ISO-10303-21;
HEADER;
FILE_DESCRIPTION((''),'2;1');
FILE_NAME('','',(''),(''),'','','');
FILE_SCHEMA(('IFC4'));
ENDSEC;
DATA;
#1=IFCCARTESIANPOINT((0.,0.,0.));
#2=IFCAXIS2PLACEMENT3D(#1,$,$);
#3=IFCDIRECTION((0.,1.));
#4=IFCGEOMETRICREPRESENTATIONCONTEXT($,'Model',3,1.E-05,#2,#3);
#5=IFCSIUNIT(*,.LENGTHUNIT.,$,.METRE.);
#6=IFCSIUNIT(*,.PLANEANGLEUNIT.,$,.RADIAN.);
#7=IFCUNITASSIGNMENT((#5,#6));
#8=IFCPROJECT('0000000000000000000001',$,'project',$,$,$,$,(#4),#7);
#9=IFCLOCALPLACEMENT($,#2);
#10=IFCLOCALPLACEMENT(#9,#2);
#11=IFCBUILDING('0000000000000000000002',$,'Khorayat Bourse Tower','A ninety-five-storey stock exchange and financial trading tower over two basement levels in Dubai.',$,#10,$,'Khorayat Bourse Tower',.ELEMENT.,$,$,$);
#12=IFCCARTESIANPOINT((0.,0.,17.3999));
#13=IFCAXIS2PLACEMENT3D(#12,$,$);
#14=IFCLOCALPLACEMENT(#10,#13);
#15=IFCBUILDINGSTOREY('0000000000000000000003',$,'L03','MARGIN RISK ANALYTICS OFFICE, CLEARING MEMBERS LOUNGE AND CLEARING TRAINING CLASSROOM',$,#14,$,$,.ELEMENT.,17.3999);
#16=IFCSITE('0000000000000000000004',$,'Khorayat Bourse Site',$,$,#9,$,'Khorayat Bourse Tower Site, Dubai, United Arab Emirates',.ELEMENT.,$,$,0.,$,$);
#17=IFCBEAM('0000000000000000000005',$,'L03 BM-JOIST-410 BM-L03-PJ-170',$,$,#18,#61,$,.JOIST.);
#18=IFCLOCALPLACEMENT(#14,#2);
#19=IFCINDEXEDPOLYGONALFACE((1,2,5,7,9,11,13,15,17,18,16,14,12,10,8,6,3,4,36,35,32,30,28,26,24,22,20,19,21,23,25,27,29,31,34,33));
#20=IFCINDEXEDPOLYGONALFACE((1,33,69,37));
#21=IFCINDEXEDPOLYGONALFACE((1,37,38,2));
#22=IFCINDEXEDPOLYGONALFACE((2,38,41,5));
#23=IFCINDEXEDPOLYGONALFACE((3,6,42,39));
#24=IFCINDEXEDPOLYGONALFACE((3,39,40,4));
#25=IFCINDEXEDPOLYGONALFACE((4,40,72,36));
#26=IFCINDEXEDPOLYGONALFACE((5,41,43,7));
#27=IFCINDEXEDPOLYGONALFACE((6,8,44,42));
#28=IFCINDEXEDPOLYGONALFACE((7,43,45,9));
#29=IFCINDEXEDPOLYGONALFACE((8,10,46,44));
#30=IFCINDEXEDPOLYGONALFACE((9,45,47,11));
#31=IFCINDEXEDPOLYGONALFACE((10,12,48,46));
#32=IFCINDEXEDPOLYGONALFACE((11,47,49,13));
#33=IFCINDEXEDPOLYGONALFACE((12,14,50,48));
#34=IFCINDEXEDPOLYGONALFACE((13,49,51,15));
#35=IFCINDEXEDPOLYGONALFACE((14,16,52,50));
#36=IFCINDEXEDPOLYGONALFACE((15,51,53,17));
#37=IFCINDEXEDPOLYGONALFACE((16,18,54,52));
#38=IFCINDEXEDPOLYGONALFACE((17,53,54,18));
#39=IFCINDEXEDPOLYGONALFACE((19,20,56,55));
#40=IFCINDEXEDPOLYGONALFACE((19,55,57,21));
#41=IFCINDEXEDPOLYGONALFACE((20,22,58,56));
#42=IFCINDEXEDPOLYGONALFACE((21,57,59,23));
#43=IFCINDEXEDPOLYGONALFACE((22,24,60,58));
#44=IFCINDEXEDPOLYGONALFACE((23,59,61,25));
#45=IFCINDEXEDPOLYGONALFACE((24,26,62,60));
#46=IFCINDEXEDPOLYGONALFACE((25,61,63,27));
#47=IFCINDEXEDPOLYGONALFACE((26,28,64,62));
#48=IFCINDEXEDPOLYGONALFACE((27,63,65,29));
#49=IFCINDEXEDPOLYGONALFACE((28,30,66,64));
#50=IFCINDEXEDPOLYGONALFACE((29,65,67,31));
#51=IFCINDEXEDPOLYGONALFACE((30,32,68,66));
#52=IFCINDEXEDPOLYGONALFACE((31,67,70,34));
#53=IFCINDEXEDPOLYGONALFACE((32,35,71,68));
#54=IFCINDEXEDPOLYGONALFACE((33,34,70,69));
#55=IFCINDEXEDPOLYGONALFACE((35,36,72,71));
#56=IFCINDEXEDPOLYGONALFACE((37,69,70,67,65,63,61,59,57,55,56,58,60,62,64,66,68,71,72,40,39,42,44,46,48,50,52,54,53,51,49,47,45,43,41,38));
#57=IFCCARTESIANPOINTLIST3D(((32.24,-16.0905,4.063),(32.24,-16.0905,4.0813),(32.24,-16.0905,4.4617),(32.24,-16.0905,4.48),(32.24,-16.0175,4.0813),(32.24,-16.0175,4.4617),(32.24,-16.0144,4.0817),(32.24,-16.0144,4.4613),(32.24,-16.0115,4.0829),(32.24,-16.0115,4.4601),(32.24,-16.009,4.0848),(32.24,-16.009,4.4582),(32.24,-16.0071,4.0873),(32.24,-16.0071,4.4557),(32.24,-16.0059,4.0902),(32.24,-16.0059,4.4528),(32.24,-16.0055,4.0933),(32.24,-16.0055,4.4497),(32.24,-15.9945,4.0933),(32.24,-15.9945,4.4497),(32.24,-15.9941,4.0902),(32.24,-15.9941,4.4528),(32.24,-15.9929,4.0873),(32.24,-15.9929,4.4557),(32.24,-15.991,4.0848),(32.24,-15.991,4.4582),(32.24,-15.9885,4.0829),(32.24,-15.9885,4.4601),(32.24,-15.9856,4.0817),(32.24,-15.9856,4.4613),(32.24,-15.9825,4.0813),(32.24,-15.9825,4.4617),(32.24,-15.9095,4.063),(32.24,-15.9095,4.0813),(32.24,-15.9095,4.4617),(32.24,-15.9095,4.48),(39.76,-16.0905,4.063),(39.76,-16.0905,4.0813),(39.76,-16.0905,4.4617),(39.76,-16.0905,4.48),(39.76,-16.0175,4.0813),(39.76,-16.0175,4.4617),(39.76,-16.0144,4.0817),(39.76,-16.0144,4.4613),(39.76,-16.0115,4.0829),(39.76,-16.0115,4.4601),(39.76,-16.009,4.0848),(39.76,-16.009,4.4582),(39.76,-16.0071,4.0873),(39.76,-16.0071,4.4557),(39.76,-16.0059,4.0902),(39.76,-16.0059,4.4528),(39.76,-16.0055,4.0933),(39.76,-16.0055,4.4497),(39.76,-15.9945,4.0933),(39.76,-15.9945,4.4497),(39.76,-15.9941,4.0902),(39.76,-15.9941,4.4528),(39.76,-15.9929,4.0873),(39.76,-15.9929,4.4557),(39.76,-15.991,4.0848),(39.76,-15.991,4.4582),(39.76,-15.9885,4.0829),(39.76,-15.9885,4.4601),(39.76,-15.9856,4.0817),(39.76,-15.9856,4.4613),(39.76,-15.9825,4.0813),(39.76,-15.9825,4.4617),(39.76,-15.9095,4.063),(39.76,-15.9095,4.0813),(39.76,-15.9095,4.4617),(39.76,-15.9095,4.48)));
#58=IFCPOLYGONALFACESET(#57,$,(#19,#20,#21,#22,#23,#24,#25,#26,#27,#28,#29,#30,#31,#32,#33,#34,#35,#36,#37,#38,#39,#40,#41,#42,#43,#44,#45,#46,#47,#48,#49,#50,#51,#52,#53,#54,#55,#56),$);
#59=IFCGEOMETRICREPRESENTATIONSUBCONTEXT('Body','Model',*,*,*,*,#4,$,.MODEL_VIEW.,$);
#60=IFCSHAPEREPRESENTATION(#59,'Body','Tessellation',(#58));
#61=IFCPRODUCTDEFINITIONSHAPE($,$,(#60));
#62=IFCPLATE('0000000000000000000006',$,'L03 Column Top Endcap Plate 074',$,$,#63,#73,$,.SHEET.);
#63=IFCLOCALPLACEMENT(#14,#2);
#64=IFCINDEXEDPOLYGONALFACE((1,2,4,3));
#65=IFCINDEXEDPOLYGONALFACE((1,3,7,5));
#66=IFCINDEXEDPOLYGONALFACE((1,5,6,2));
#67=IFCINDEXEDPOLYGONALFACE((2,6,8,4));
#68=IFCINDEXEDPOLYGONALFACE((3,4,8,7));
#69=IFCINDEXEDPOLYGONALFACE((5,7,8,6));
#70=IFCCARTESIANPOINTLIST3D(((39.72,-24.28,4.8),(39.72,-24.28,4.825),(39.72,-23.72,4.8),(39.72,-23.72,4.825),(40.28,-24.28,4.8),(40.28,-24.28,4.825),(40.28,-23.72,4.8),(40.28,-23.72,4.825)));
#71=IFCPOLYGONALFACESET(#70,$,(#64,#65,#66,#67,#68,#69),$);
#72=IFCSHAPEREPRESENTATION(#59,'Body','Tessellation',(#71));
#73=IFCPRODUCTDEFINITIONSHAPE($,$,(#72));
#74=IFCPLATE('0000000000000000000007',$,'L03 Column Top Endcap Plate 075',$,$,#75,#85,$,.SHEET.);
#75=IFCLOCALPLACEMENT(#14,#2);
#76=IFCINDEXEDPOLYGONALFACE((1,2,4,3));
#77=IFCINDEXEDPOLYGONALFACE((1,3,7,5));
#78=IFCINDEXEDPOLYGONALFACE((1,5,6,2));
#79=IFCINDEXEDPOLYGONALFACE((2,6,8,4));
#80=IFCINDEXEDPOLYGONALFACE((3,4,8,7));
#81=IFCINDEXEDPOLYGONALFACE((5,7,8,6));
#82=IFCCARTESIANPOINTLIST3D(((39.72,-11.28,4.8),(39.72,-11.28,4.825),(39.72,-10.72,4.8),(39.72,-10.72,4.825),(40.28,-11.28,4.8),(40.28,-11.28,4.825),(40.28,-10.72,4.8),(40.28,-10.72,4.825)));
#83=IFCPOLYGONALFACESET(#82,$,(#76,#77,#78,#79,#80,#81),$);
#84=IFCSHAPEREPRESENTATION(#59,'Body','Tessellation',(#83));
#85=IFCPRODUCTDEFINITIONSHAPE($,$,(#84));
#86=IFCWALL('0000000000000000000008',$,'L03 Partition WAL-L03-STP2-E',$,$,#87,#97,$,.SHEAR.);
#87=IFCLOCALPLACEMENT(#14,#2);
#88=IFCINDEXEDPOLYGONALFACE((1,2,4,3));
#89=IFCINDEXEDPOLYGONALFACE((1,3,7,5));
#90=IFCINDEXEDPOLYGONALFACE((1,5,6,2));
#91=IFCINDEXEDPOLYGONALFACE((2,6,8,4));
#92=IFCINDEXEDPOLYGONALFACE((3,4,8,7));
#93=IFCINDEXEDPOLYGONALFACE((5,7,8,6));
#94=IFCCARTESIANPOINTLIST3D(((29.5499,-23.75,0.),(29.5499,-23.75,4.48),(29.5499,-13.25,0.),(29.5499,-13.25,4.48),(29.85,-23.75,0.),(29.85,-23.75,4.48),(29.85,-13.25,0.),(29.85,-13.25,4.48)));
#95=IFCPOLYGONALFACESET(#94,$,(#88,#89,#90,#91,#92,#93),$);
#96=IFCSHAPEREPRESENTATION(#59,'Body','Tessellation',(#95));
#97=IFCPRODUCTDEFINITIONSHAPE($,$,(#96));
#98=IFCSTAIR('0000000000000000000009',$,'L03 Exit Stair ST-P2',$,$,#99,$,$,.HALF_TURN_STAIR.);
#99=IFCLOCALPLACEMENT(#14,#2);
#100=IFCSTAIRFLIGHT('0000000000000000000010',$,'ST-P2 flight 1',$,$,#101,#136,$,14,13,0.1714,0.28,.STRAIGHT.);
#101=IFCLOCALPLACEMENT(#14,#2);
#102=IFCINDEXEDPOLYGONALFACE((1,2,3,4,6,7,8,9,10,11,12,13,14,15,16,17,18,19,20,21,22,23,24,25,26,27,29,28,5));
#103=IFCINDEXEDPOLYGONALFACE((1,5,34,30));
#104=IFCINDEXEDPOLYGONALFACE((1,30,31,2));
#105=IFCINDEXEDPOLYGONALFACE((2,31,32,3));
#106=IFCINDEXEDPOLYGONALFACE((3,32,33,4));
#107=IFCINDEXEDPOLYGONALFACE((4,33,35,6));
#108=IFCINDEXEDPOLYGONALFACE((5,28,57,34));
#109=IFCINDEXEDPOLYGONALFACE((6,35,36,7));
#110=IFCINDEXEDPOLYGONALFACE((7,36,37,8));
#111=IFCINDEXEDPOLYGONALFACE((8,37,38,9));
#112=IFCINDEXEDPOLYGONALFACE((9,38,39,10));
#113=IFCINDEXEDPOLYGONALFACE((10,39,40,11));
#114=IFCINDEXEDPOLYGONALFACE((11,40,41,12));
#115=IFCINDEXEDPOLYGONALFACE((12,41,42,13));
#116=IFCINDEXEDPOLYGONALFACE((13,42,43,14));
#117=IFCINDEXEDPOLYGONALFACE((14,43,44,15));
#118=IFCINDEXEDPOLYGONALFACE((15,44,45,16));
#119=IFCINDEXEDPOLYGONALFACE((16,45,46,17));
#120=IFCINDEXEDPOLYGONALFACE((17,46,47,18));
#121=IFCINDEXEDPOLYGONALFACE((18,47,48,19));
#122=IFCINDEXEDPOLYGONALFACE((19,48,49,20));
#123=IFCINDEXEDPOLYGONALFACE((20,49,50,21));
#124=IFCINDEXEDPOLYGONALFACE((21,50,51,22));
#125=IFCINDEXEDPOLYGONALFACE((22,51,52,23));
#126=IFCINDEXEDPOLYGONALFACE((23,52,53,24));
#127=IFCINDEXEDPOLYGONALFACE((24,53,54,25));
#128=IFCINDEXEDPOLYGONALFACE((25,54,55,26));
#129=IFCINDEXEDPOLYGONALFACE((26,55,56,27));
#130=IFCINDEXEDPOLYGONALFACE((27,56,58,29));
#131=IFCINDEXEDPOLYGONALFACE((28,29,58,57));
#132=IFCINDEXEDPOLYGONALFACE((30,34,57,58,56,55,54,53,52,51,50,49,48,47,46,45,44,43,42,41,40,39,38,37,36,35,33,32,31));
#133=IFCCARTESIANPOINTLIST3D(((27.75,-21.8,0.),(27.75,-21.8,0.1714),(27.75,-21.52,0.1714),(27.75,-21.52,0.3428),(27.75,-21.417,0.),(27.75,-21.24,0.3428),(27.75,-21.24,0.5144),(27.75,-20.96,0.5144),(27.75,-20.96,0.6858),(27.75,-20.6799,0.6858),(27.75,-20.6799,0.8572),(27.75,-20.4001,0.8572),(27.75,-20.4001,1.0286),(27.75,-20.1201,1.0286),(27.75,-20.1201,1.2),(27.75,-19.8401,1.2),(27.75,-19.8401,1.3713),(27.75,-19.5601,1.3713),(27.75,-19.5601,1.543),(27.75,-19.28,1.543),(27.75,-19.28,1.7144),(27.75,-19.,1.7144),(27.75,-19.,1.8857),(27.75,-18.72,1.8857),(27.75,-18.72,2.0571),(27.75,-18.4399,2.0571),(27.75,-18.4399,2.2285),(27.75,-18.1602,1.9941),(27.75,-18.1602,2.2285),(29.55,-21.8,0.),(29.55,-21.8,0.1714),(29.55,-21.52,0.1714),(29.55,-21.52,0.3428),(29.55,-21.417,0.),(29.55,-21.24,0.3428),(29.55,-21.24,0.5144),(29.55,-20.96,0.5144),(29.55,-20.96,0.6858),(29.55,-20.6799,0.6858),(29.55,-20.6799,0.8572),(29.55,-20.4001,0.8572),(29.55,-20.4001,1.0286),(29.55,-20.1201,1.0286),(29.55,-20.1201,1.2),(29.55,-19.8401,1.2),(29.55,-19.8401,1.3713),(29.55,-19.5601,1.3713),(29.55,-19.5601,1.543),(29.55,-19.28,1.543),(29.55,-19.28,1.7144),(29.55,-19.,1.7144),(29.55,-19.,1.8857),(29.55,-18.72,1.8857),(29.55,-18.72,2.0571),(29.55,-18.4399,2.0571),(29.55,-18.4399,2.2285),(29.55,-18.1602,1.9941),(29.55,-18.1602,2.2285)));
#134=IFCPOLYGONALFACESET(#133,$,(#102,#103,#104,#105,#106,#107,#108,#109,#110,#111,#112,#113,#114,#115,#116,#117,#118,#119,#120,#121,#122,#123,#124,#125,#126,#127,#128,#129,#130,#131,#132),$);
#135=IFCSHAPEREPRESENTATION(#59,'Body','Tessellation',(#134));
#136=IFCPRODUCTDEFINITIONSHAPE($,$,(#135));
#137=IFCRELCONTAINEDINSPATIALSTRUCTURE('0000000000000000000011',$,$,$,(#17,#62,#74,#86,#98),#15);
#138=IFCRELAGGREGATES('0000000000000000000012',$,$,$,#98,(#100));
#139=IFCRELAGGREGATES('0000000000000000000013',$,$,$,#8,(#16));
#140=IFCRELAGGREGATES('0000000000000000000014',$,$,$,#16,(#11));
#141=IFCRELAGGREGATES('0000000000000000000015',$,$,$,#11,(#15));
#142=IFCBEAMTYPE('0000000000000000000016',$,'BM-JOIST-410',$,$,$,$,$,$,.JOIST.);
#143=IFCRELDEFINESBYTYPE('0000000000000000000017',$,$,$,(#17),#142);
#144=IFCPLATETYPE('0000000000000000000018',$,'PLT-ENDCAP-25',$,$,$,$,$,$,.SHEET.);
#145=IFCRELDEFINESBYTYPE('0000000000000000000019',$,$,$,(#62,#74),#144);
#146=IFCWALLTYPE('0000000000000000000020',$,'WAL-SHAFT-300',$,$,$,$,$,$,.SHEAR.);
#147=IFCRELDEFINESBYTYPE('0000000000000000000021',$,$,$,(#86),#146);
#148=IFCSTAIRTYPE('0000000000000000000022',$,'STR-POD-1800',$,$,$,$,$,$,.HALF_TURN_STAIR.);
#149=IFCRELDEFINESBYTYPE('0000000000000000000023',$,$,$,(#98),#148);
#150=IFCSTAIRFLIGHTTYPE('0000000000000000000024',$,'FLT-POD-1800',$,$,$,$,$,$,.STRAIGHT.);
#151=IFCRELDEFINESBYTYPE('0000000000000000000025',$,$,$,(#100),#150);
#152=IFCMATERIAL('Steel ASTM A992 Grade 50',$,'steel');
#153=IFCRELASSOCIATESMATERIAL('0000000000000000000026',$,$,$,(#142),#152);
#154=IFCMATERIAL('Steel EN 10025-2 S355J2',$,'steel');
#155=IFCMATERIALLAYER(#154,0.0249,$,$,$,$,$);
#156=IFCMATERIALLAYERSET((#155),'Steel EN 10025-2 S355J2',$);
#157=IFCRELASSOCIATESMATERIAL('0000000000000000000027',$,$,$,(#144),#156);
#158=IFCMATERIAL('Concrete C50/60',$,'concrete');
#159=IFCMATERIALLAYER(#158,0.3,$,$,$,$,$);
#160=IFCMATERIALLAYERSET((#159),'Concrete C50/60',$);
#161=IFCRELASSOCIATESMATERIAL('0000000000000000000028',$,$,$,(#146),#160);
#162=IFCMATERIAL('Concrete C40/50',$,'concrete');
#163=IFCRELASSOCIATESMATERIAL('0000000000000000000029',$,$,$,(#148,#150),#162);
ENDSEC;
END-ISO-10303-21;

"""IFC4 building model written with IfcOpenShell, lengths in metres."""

from ifc_helpers import new_model, si_unit, direction, frame, frame_2d, origin, origin_2d, place, context, subcontext, project, spatial, polyline, rectangle, i_section, outline, extrude, source, transform, mapped, material, layer, layer_set, material_profile, profile_set, type_object, element, aggregate, save


model = new_model("IFC4")

# Units and contexts
model_context = context("Model", 3, precision=1e-05, world=origin(), true_north=direction((0.0, 1.0)))
body_context = subcontext(model_context, "Body", "Model", "MODEL_VIEW")
ifc_project = project(units=[si_unit("LENGTHUNIT", "METRE"), si_unit("PLANEANGLEUNIT", "RADIAN")], contexts=[model_context])

# Site, building, storey
site_placement = place(None, origin())
site = spatial("IfcSite", under=ifc_project, at=site_placement, Name="Khorayat Bourse Site", LongName="Khorayat Bourse Tower Site, Dubai, United Arab Emirates", CompositionType="ELEMENT", RefElevation=0.0)
building_placement = place(site_placement, origin())
building = spatial("IfcBuilding", under=site, at=building_placement, Name="Khorayat Bourse Tower", Description="A ninety-five-storey stock exchange and financial trading tower over two basement levels in Dubai.", LongName="Khorayat Bourse Tower", CompositionType="ELEMENT")
storey_placement = place(building_placement, frame((0.0, 0.0, 17.3999)))
storey = spatial("IfcBuildingStorey", under=building, at=storey_placement, Name="L03", Description="MARGIN RISK ANALYTICS OFFICE, CLEARING MEMBERS LOUNGE AND CLEARING TRAINING CLASSROOM", CompositionType="ELEMENT", Elevation=17.3999)

# Shared definitions
ifc_material_1 = material(Name="Steel EN 10025-2 S355J2", Category="steel")

# Beam
ifc_material_2 = material(Name="Steel ASTM A992 Grade 50", Category="steel")
ifc_material_profile_1 = material_profile(ifc_material_2, i_section(OverallWidth=0.1809, OverallDepth=0.417, WebThickness=0.011, FlangeThickness=0.0183, FilletRadius=0.012, at=origin_2d()), Name="W410X85")
ifc_profile_set_1 = profile_set([ifc_material_profile_1], Name="Steel ASTM A992 Grade 50")
beam_type_1 = type_object("IfcBeamType", Name="BM-JOIST-410", PredefinedType="JOIST", material=ifc_profile_set_1)
shared_shape_1 = source(origin(), body_context, "Body", "SweptSolid", [
    extrude(i_section(OverallWidth=0.1809, OverallDepth=0.417, WebThickness=0.011, FlangeThickness=0.0183, FilletRadius=0.012, at=origin_2d()), origin(), (0.0, 0.0, 1.0), 7.52),
])
for number, where, z_axis, x_axis, name in (
    (1, (32.24, -16.0, 4.2715), (1.0, 0.0, 0.0), (0.0, 1.0, 0.0), "L03 BM-JOIST-410 BM-L03-PJ-170"),
):
    element("IfcBeam", number, at=place(storey_placement, frame(where, z_axis=z_axis, x_axis=x_axis)), inside=storey, type_object=beam_type_1, Name=name, PredefinedType="JOIST", context=body_context, shape_type="MappedRepresentation", body=[
        mapped(shared_shape_1, transform((0.0, 0.0, 0.0), scale=1.0)),
    ])

# Plates
ifc_layer_1 = layer(ifc_material_1, 0.0249)
ifc_layer_set_1 = layer_set([ifc_layer_1], Name="Steel EN 10025-2 S355J2")
plate_type = type_object("IfcPlateType", Name="PLT-ENDCAP-25", PredefinedType="SHEET", material=ifc_layer_set_1)
shared_shape_2 = source(origin(), body_context, "Body", "SweptSolid", [
    extrude(rectangle(XDim=0.5601, YDim=0.5601, at=origin_2d()), origin(), (0.0, 0.0, 1.0), 0.0249),
])
for number, where, z_axis, x_axis, name in (
    (2, (40.0, -24.0, 4.8), (0.0, 0.0, 1.0), (1.0, 0.0, 0.0), "L03 Column Top Endcap Plate 074"),
    (3, (40.0, -11.0, 4.8), (0.0, 0.0, 1.0), (1.0, 0.0, 0.0), "L03 Column Top Endcap Plate 075"),
):
    element("IfcPlate", number, at=place(storey_placement, frame(where, z_axis=z_axis, x_axis=x_axis)), inside=storey, type_object=plate_type, Name=name, PredefinedType="SHEET", context=body_context, shape_type="MappedRepresentation", body=[
        mapped(shared_shape_2, transform((0.0, 0.0, 0.0), scale=1.0)),
    ])

# Wall
ifc_material_3 = material(Name="Concrete C50/60", Category="concrete")
ifc_layer_2 = layer(ifc_material_3, 0.3)
ifc_layer_set_2 = layer_set([ifc_layer_2], Name="Concrete C50/60")
wall_type = type_object("IfcWallType", Name="WAL-SHAFT-300", PredefinedType="SHEAR", material=ifc_layer_set_2)
shared_shape_3 = source(origin(), body_context, "Body", "SweptSolid", [
    extrude(rectangle(XDim=10.5, YDim=0.3, at=frame_2d((5.25, 0.0))), origin(), (0.0, 0.0, 1.0), 4.48),
])
wall_placement = place(storey_placement, frame((29.7, -23.75, 0.0), z_axis=(0.0, 0.0, 1.0), x_axis=(0.0, 1.0, 0.0)))
element("IfcWall", 4, at=wall_placement, inside=storey, type_object=wall_type, Name="L03 Partition WAL-L03-STP2-E", PredefinedType="SHEAR", context=body_context, shape_type="MappedRepresentation", body=[
    mapped(shared_shape_3, transform((0.0, 0.0, 0.0), scale=1.0)),
])

# Stair, stair flight
ifc_material_4 = material(Name="Concrete C40/50", Category="concrete")
stair_type = type_object("IfcStairType", Name="STR-POD-1800", PredefinedType="HALF_TURN_STAIR", material=ifc_material_4)
stair_placement = place(storey_placement, origin())
stair = element("IfcStair", 5, at=stair_placement, inside=storey, type_object=stair_type, Name="L03 Exit Stair ST-P2", PredefinedType="HALF_TURN_STAIR")
stair_flight_type = type_object("IfcStairFlightType", Name="FLT-POD-1800", PredefinedType="STRAIGHT", material=ifc_material_4)
shared_shape_4 = source(origin(), body_context, "Body", "SweptSolid", [
    extrude(outline(polyline([(0.0, 0.0), (0.0, 0.1714), (0.28, 0.1714), (0.28, 0.3428), (0.5601, 0.3428), (0.5601, 0.5144), (0.8401, 0.5144), (0.8401, 0.6858), (1.1201, 0.6858), (1.1201, 0.8572), (1.3999, 0.8572), (1.3999, 1.0286), (1.6799, 1.0286), (1.6799, 1.2), (1.96, 1.2), (1.96, 1.3713), (2.24, 1.3713), (2.24, 1.543), (2.52, 1.543), (2.52, 1.7144), (2.8, 1.7144), (2.8, 1.8857), (3.0801, 1.8857), (3.0801, 2.0571), (3.3601, 2.0571), (3.3601, 2.2285), (3.6399, 2.2285), (3.6399, 2.3999), (3.6399, 1.9941), (0.3831, 0.0), (0.0, 0.0)])), frame((0.0, 0.8999, 0.0), z_axis=(0.0, -1.0, 0.0), x_axis=(1.0, 0.0, 0.0)), (0.0, 0.0, 1.0), 1.8),
])
stair_flight_placement = place(storey_placement, frame((28.6499, -21.8, 0.0), z_axis=(0.0, 0.0, 1.0), x_axis=(0.0, 1.0, 0.0)))
stair_flight = element("IfcStairFlight", 6, at=stair_flight_placement, type_object=stair_flight_type, Name="ST-P2 flight 1", NumberOfRisers=14, NumberOfTreads=13, PredefinedType="STRAIGHT", RiserHeight=0.1714, TreadLength=0.28, context=body_context, shape_type="MappedRepresentation", body=[
    mapped(shared_shape_4, transform((0.0, 0.0, 0.0), scale=1.0)),
])
aggregate(stair, [stair_flight])

save(model, "model.ifc")
